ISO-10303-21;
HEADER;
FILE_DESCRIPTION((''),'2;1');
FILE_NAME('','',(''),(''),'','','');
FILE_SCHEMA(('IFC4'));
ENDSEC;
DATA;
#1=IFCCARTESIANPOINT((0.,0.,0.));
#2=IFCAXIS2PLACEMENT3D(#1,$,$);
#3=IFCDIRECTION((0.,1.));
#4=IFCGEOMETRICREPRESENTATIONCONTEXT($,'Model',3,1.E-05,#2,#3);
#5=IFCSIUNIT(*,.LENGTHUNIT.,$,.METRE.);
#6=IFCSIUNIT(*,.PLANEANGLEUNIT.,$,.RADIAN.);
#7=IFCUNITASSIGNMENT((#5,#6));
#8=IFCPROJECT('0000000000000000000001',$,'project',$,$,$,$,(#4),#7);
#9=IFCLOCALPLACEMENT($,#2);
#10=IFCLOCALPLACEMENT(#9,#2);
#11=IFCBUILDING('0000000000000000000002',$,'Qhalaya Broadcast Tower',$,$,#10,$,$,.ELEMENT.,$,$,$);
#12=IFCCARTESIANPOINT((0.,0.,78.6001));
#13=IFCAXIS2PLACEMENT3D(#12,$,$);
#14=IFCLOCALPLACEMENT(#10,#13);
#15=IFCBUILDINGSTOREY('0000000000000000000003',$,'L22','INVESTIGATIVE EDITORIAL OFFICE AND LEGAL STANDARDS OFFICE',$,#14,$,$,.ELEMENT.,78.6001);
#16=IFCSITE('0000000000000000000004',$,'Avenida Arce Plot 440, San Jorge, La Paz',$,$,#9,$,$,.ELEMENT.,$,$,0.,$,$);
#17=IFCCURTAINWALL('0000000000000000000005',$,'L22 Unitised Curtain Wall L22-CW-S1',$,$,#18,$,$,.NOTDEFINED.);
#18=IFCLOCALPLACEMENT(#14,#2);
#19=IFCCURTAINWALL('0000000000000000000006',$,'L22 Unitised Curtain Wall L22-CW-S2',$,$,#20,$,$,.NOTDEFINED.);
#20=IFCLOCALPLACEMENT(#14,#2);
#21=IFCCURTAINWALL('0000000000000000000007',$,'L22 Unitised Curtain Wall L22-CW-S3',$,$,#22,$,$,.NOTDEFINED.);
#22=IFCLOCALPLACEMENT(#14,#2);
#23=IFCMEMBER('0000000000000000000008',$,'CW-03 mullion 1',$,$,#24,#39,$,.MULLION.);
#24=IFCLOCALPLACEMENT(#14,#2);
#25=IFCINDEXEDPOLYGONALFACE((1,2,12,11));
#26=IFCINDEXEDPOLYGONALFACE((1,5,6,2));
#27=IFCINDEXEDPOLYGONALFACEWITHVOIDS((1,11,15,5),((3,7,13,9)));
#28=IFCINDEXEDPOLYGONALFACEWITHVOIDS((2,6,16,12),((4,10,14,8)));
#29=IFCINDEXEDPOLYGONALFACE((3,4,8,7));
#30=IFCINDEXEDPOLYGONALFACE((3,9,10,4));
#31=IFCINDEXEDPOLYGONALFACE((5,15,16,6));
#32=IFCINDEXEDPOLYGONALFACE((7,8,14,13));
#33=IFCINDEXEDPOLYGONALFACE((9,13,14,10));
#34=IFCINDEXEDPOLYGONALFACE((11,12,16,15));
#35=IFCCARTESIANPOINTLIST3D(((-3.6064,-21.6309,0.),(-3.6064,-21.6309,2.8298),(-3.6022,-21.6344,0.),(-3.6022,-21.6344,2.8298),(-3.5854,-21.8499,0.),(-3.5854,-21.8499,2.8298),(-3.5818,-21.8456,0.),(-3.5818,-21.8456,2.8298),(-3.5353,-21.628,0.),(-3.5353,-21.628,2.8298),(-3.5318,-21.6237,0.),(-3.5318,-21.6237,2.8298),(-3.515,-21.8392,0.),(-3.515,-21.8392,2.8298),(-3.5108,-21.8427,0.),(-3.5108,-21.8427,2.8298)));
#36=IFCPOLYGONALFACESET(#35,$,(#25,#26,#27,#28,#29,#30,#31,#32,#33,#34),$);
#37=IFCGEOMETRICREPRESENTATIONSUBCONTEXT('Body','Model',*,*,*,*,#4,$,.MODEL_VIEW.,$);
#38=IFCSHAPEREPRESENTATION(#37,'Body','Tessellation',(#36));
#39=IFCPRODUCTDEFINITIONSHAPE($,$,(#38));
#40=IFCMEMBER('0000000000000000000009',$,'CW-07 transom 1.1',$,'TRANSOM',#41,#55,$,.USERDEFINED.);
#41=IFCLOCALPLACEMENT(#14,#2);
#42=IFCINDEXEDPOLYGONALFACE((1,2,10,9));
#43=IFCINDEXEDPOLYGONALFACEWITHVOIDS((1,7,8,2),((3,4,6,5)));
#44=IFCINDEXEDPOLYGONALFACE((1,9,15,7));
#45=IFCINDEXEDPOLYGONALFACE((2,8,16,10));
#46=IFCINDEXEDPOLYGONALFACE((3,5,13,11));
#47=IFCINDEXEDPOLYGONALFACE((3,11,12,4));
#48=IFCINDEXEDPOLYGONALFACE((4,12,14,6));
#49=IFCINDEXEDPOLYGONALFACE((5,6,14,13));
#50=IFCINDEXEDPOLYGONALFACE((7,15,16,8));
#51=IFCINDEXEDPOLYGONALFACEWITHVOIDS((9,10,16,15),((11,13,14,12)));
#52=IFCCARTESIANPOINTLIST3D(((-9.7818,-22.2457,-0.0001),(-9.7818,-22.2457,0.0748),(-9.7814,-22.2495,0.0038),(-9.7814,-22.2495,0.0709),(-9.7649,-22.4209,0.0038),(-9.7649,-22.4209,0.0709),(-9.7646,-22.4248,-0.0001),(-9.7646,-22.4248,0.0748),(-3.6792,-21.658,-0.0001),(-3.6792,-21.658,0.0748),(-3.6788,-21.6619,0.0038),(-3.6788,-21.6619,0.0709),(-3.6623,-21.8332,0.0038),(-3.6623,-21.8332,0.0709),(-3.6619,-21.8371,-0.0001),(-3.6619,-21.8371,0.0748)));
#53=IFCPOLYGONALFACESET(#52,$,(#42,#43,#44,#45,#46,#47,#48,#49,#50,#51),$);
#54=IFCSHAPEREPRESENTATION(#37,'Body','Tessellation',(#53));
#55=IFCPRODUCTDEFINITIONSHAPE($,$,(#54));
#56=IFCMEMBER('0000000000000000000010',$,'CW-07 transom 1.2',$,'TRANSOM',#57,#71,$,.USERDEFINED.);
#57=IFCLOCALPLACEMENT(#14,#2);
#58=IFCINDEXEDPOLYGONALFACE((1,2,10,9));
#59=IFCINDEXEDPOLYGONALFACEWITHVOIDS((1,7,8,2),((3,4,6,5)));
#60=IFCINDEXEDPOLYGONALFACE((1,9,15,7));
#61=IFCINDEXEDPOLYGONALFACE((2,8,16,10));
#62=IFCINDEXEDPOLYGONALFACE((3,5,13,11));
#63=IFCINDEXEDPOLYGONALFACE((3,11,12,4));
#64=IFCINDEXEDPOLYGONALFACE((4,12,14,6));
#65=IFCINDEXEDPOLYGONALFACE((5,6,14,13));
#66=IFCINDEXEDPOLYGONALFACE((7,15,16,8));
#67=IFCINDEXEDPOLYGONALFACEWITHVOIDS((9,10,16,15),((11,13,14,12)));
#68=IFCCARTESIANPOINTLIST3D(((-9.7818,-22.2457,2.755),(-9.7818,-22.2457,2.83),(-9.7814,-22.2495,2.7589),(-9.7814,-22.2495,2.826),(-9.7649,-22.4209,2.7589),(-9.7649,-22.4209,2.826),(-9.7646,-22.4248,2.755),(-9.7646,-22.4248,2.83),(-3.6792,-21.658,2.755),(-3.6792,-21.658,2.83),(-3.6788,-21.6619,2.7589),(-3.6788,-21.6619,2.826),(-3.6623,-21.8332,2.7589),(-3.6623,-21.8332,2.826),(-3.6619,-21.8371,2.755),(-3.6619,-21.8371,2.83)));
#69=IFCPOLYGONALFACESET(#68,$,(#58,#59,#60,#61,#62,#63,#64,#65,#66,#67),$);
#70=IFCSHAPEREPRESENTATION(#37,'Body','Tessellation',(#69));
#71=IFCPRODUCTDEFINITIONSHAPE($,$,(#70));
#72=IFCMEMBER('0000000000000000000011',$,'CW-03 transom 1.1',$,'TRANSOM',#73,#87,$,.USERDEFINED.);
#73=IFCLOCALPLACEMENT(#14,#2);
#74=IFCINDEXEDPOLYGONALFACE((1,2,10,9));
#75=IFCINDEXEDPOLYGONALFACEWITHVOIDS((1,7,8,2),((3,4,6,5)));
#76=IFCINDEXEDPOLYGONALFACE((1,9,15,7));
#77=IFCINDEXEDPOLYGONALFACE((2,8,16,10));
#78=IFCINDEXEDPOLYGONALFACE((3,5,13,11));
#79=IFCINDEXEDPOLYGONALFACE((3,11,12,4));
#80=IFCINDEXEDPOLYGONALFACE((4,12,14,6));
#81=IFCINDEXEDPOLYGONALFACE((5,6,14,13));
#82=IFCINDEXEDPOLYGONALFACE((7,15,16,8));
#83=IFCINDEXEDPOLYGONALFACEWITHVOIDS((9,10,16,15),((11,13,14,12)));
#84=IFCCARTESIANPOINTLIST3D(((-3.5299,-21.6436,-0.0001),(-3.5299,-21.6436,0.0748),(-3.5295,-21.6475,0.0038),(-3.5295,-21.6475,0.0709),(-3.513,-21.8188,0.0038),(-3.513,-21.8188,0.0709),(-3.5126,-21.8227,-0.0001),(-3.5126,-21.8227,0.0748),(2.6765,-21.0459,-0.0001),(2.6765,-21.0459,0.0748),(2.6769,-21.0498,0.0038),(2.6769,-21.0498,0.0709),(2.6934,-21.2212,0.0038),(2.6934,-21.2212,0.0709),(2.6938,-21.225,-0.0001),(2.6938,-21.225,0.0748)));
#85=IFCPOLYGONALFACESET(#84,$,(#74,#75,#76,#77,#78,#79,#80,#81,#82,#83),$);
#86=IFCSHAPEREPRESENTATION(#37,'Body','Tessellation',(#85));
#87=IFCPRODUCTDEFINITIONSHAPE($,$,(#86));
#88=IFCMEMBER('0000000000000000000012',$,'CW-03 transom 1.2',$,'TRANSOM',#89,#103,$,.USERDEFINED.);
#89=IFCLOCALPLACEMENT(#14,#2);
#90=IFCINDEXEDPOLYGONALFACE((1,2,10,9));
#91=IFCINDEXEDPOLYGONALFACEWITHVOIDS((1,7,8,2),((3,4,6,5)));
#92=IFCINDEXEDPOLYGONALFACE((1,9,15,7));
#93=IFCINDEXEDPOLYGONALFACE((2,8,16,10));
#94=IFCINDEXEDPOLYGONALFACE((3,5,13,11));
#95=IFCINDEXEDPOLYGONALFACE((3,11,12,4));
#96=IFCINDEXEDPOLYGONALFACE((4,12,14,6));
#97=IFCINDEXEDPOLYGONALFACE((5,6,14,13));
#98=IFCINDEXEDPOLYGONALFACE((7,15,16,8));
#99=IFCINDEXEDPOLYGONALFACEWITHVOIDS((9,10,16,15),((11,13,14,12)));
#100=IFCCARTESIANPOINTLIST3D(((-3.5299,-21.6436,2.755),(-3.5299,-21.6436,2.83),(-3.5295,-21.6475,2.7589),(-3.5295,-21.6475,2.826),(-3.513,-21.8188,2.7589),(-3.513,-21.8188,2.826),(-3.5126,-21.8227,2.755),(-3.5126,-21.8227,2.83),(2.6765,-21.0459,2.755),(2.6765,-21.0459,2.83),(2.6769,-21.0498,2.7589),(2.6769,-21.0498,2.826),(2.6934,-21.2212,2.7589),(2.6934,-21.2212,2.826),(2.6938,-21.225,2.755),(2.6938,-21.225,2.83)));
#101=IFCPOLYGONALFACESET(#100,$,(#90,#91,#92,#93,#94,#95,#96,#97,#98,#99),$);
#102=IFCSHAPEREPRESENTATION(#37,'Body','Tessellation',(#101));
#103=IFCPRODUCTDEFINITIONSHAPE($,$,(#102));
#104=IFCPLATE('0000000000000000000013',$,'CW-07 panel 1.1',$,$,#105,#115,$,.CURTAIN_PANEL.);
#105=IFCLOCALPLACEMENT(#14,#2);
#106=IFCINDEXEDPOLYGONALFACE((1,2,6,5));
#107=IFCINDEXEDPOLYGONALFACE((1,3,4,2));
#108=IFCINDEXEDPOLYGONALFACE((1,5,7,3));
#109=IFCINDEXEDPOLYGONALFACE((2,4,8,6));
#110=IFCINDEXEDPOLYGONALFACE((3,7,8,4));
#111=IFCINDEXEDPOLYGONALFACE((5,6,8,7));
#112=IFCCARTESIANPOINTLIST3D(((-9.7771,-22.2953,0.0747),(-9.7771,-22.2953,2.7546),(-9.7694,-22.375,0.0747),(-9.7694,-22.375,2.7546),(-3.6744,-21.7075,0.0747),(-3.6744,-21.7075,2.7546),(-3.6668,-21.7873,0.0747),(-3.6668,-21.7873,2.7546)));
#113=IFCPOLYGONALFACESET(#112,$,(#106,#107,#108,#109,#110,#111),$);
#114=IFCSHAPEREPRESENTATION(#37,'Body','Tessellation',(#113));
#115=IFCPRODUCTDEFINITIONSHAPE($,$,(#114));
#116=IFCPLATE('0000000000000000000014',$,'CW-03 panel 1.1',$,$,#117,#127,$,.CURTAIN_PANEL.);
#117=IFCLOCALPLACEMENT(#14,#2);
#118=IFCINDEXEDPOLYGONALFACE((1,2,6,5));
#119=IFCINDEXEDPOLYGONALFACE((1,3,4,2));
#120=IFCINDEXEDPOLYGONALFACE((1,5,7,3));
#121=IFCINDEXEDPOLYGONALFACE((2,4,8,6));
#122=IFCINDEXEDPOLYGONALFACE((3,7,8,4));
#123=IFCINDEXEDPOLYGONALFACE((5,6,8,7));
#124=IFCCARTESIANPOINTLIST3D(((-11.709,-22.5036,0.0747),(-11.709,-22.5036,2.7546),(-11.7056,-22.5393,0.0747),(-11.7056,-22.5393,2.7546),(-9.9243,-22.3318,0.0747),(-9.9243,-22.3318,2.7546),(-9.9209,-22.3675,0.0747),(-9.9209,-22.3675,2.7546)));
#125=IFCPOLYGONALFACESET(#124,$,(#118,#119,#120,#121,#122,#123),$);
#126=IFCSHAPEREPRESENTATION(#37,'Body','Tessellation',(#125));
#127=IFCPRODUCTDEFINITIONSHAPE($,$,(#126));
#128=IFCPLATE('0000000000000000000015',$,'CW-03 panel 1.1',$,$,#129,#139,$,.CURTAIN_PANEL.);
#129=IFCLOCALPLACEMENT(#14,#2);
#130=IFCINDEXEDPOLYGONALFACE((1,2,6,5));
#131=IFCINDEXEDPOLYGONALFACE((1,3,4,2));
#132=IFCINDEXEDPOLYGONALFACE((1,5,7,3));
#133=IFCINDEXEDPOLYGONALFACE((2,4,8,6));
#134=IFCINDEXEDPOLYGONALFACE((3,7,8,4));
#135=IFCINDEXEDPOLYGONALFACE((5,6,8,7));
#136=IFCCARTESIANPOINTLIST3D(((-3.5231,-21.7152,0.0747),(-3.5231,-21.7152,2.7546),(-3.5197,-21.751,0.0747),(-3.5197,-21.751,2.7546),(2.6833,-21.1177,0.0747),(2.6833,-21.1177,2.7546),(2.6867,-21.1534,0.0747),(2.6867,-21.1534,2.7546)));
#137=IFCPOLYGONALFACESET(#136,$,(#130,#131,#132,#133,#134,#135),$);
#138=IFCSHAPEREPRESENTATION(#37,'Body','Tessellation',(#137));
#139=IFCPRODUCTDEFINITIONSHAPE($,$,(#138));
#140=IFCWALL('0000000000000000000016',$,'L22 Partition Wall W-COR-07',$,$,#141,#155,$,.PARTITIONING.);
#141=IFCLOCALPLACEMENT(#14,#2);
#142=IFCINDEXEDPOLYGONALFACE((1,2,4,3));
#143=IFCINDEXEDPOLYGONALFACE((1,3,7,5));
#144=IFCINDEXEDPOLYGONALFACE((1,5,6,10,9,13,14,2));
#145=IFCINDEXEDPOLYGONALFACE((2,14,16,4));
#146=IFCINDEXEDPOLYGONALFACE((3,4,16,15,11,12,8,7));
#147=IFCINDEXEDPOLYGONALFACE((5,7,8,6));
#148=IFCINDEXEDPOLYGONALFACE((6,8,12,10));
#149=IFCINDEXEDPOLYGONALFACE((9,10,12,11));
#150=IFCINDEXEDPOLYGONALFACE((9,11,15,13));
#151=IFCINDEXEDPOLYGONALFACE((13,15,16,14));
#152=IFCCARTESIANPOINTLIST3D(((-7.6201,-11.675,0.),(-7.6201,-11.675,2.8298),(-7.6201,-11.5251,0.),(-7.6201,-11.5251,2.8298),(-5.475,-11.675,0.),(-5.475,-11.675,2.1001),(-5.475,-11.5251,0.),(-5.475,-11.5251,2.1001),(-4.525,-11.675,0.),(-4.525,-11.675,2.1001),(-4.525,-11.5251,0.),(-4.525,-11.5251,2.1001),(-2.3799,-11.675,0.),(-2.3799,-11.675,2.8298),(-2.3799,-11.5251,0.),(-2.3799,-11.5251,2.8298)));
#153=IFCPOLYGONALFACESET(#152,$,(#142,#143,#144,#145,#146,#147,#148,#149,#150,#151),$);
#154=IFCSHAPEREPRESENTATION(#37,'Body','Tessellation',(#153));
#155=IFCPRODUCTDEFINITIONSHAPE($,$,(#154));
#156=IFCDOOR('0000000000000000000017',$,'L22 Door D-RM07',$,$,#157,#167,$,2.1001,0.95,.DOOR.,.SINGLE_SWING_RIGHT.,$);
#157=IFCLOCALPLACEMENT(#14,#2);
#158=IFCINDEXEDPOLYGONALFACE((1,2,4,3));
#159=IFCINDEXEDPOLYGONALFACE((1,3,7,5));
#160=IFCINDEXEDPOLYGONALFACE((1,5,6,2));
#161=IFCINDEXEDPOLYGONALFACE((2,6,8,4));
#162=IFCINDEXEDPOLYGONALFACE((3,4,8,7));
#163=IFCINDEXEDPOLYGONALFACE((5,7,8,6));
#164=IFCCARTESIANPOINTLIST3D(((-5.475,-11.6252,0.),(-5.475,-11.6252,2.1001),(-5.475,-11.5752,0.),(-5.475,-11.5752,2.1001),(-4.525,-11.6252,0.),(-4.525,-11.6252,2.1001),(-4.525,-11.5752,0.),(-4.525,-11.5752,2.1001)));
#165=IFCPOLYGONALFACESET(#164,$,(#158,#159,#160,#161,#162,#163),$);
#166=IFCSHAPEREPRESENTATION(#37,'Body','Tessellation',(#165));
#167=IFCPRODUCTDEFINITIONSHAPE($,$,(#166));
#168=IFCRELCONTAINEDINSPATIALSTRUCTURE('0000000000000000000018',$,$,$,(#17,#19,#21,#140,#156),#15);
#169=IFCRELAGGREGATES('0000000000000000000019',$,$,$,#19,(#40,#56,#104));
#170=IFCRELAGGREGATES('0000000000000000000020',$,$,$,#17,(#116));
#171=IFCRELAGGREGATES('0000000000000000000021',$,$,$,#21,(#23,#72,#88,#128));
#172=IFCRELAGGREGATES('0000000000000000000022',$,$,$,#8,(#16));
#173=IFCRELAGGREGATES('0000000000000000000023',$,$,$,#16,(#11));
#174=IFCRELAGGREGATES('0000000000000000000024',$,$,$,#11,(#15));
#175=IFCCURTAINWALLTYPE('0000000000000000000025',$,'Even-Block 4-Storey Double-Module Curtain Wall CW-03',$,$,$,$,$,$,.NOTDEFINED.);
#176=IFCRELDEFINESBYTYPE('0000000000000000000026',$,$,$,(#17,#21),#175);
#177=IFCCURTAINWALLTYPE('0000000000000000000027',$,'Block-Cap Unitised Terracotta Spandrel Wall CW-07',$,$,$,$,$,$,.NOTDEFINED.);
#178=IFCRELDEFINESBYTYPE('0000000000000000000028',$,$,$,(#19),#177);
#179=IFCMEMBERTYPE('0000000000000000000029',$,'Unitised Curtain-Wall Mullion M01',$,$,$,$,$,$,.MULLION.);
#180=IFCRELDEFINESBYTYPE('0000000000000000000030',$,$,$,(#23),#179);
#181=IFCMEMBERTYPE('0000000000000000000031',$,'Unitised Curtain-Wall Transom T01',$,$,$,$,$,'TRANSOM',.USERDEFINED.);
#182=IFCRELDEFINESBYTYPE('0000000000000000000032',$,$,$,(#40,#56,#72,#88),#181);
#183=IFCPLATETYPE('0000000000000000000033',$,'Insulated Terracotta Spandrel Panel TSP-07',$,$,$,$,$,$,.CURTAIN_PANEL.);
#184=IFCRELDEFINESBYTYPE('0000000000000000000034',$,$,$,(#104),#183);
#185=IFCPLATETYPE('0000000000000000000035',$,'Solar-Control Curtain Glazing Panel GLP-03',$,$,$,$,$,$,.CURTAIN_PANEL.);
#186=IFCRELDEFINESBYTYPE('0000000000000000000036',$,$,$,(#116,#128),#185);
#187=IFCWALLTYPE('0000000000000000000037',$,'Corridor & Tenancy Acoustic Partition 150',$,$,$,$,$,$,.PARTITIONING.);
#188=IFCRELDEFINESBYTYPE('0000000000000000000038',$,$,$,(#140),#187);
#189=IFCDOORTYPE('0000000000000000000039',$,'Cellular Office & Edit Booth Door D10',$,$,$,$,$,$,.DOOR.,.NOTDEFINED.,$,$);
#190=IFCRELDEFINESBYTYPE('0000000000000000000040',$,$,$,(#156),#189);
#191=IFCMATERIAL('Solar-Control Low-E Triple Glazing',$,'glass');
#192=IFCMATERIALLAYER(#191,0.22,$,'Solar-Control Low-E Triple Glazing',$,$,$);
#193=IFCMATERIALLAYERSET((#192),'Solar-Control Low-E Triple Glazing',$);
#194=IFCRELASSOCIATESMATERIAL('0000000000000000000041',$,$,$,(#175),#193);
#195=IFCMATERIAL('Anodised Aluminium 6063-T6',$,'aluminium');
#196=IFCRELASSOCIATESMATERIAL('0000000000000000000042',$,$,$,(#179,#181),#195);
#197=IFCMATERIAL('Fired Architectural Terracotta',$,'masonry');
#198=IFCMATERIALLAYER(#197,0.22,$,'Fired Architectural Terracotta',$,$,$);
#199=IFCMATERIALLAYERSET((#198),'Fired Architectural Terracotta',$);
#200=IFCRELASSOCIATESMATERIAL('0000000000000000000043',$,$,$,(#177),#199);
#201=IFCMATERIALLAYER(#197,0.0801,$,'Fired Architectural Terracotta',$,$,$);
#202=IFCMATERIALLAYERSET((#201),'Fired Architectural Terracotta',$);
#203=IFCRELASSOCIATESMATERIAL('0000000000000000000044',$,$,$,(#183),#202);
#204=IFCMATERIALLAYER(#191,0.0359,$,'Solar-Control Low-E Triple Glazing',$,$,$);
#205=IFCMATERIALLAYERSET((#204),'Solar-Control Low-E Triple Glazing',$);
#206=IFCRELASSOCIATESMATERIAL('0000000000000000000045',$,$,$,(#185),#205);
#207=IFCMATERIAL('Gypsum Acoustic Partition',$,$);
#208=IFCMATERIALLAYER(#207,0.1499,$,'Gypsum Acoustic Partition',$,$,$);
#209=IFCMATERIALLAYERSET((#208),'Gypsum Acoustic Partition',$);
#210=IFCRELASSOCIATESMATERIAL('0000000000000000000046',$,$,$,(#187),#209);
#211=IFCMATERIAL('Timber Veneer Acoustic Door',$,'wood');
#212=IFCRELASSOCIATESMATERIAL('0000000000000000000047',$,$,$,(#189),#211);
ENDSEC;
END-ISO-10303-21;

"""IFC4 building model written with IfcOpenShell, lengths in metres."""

from ifc_helpers import new_model, si_unit, direction, frame, frame_2d, origin, origin_2d, place, context, subcontext, project, spatial, rectangle, hollow_rectangle, extrude, material, layer, layer_set, material_profile, profile_set, type_object, element, fill, aggregate, save


model = new_model("IFC4")

# Units and contexts
model_context = context("Model", 3, precision=1e-05, world=origin(), true_north=direction((0.0, 1.0)))
body_context = subcontext(model_context, "Body", "Model", "MODEL_VIEW")
ifc_project = project(units=[si_unit("LENGTHUNIT", "METRE"), si_unit("PLANEANGLEUNIT", "RADIAN")], contexts=[model_context])

# Site, building, storey
site_placement = place(None, origin())
site = spatial("IfcSite", under=ifc_project, at=site_placement, Name="Avenida Arce Plot 440, San Jorge, La Paz", CompositionType="ELEMENT", RefElevation=0.0)
building_placement = place(site_placement, origin())
building = spatial("IfcBuilding", under=site, at=building_placement, Name="Qhalaya Broadcast Tower", CompositionType="ELEMENT")
storey_placement = place(building_placement, frame((0.0, 0.0, 78.6001)))
storey = spatial("IfcBuildingStorey", under=building, at=storey_placement, Name="L22", Description="INVESTIGATIVE EDITORIAL OFFICE AND LEGAL STANDARDS OFFICE", CompositionType="ELEMENT", Elevation=78.6001)

# Curtain wall
ifc_material_1 = material(Name="Solar-Control Low-E Triple Glazing", Category="glass")
ifc_layer_1 = layer(ifc_material_1, 0.22, Name="Solar-Control Low-E Triple Glazing")
ifc_layer_set_1 = layer_set([ifc_layer_1], Name="Solar-Control Low-E Triple Glazing")
curtain_wall_type_1 = type_object("IfcCurtainWallType", Name="Even-Block 4-Storey Double-Module Curtain Wall CW-03", PredefinedType="NOTDEFINED", material=ifc_layer_set_1)
curtain_wall_1_placement = place(storey_placement, origin())
curtain_wall_1 = element("IfcCurtainWall", 1, at=curtain_wall_1_placement, inside=storey, type_object=curtain_wall_type_1, Name="L22 Unitised Curtain Wall L22-CW-S1", PredefinedType="NOTDEFINED")
ifc_material_2 = material(Name="Anodised Aluminium 6063-T6", Category="aluminium")
ifc_material_profile_1 = material_profile(ifc_material_2, hollow_rectangle(XDim=0.075, YDim=0.22, WallThickness=0.0039, at=origin_2d()), Name="ALU-MUL 75x220x4")
ifc_profile_set_1 = profile_set([ifc_material_profile_1], Name="Anodised Aluminium 6063-T6")
member_type_1 = type_object("IfcMemberType", Name="Unitised Curtain-Wall Mullion M01", PredefinedType="MULLION", material=ifc_profile_set_1)

# Curtain wall
ifc_material_3 = material(Name="Fired Architectural Terracotta", Category="masonry")
ifc_layer_2 = layer(ifc_material_3, 0.22, Name="Fired Architectural Terracotta")
ifc_layer_set_2 = layer_set([ifc_layer_2], Name="Fired Architectural Terracotta")
curtain_wall_type_2 = type_object("IfcCurtainWallType", Name="Block-Cap Unitised Terracotta Spandrel Wall CW-07", PredefinedType="NOTDEFINED", material=ifc_layer_set_2)
curtain_wall_2_placement = place(storey_placement, origin())
curtain_wall_2 = element("IfcCurtainWall", 2, at=curtain_wall_2_placement, inside=storey, type_object=curtain_wall_type_2, Name="L22 Unitised Curtain Wall L22-CW-S2", PredefinedType="NOTDEFINED")

# Curtain wall, member
curtain_wall_3_placement = place(storey_placement, origin())
curtain_wall_3 = element("IfcCurtainWall", 3, at=curtain_wall_3_placement, inside=storey, type_object=curtain_wall_type_1, Name="L22 Unitised Curtain Wall L22-CW-S3", PredefinedType="NOTDEFINED")
member_1_placement = place(storey_placement, frame((-3.5586, -21.7368, 0.0), z_axis=(0.0, 0.0, 1.0), x_axis=(0.995397, 0.095834, 0.0)))
member_1 = element("IfcMember", 4, at=member_1_placement, type_object=member_type_1, Name="CW-03 mullion 1", PredefinedType="MULLION", context=body_context, shape_type="SweptSolid", body=[
    extrude(hollow_rectangle(XDim=0.075, YDim=0.22, WallThickness=0.0039, at=origin_2d()), origin(), (0.0, 0.0, 1.0), 2.8298),
])

# Members
ifc_material_profile_2 = material_profile(ifc_material_2, hollow_rectangle(XDim=0.075, YDim=0.1799, WallThickness=0.0039, at=origin_2d()), Name="ALU-TRN 75x180x4")
ifc_profile_set_2 = profile_set([ifc_material_profile_2], Name="Anodised Aluminium 6063-T6")
member_type_2 = type_object("IfcMemberType", Name="Unitised Curtain-Wall Transom T01", ElementType="TRANSOM", PredefinedType="USERDEFINED", material=ifc_profile_set_2)
member_2_placement = place(storey_placement, frame((-9.7732, -22.3352, 0.0374), z_axis=(0.995396, 0.095852, 0.0), x_axis=(0.0, 0.0, 1.0)))
member_2 = element("IfcMember", 5, at=member_2_placement, type_object=member_type_2, Name="CW-07 transom 1.1", ObjectType="TRANSOM", PredefinedType="USERDEFINED", context=body_context, shape_type="SweptSolid", body=[
    extrude(hollow_rectangle(XDim=0.075, YDim=0.1799, WallThickness=0.0039, at=origin_2d()), origin(), (0.0, 0.0, 1.0), 6.1309),
])
member_3_placement = place(storey_placement, frame((-9.7732, -22.3352, 2.7925), z_axis=(0.995396, 0.095852, 0.0), x_axis=(0.0, 0.0, 1.0)))
member_3 = element("IfcMember", 6, at=member_3_placement, type_object=member_type_2, Name="CW-07 transom 1.2", ObjectType="TRANSOM", PredefinedType="USERDEFINED", context=body_context, shape_type="SweptSolid", body=[
    extrude(hollow_rectangle(XDim=0.075, YDim=0.1799, WallThickness=0.0039, at=origin_2d()), origin(), (0.0, 0.0, 1.0), 6.1309),
])
member_4_placement = place(storey_placement, frame((-3.5212, -21.7332, 0.0374), z_axis=(0.995395, 0.095855, 0.0), x_axis=(0.0, 0.0, 1.0)))
member_4 = element("IfcMember", 7, at=member_4_placement, type_object=member_type_2, Name="CW-03 transom 1.1", ObjectType="TRANSOM", PredefinedType="USERDEFINED", context=body_context, shape_type="SweptSolid", body=[
    extrude(hollow_rectangle(XDim=0.075, YDim=0.1799, WallThickness=0.0039, at=origin_2d()), origin(), (0.0, 0.0, 1.0), 6.2351),
])
member_5_placement = place(storey_placement, frame((-3.5212, -21.7332, 2.7925), z_axis=(0.995395, 0.095855, 0.0), x_axis=(0.0, 0.0, 1.0)))
member_5 = element("IfcMember", 8, at=member_5_placement, type_object=member_type_2, Name="CW-03 transom 1.2", ObjectType="TRANSOM", PredefinedType="USERDEFINED", context=body_context, shape_type="SweptSolid", body=[
    extrude(hollow_rectangle(XDim=0.075, YDim=0.1799, WallThickness=0.0039, at=origin_2d()), origin(), (0.0, 0.0, 1.0), 6.2351),
])

# Plates
ifc_layer_3 = layer(ifc_material_3, 0.0801, Name="Fired Architectural Terracotta")
ifc_layer_set_3 = layer_set([ifc_layer_3], Name="Fired Architectural Terracotta")
plate_type_1 = type_object("IfcPlateType", Name="Insulated Terracotta Spandrel Panel TSP-07", PredefinedType="CURTAIN_PANEL", material=ifc_layer_set_3)
plate_1_placement = place(storey_placement, frame((-6.7219, -22.0413, 0.0747), z_axis=(0.0, 0.0, 1.0), x_axis=(0.995395, 0.095862, 0.0)))
plate_1 = element("IfcPlate", 9, at=plate_1_placement, type_object=plate_type_1, Name="CW-07 panel 1.1", PredefinedType="CURTAIN_PANEL", context=body_context, shape_type="SweptSolid", body=[
    extrude(rectangle(XDim=6.1309, YDim=0.0801, at=origin_2d()), origin(), (0.0, 0.0, 1.0), 2.6799),
])
aggregate(curtain_wall_2, [member_2, member_3, plate_1])
ifc_layer_4 = layer(ifc_material_1, 0.0359, Name="Solar-Control Low-E Triple Glazing")
ifc_layer_set_4 = layer_set([ifc_layer_4], Name="Solar-Control Low-E Triple Glazing")
plate_type_2 = type_object("IfcPlateType", Name="Solar-Control Curtain Glazing Panel GLP-03", PredefinedType="CURTAIN_PANEL", material=ifc_layer_set_4)
plate_2_placement = place(storey_placement, frame((-10.8149, -22.4355, 0.0747), z_axis=(0.0, 0.0, 1.0), x_axis=(0.995398, 0.095829, 0.0)))
plate_2 = element("IfcPlate", 10, at=plate_2_placement, type_object=plate_type_2, Name="CW-03 panel 1.1", PredefinedType="CURTAIN_PANEL", context=body_context, shape_type="SweptSolid", body=[
    extrude(rectangle(XDim=1.793, YDim=0.0359, at=origin_2d()), origin(), (0.0, 0.0, 1.0), 2.6799),
])
aggregate(curtain_wall_1, [plate_2])
plate_3_placement = place(storey_placement, frame((-0.4182, -21.4343, 0.0747), z_axis=(0.0, 0.0, 1.0), x_axis=(0.995397, 0.095834, 0.0)))
plate_3 = element("IfcPlate", 11, at=plate_3_placement, type_object=plate_type_2, Name="CW-03 panel 1.1", PredefinedType="CURTAIN_PANEL", context=body_context, shape_type="SweptSolid", body=[
    extrude(rectangle(XDim=6.2351, YDim=0.0359, at=origin_2d()), origin(), (0.0, 0.0, 1.0), 2.6799),
])
aggregate(curtain_wall_3, [member_1, member_4, member_5, plate_3])

# Wall, opening, door
ifc_material_4 = material(Name="Gypsum Acoustic Partition")
ifc_layer_5 = layer(ifc_material_4, 0.1499, Name="Gypsum Acoustic Partition")
ifc_layer_set_5 = layer_set([ifc_layer_5], Name="Gypsum Acoustic Partition")
wall_type_1 = type_object("IfcWallType", Name="Corridor & Tenancy Acoustic Partition 150", PredefinedType="PARTITIONING", material=ifc_layer_set_5)
wall_1_placement = place(storey_placement, frame((-7.6201, -11.6001, 0.0), z_axis=(0.0, 0.0, 1.0), x_axis=(1.0, 0.0, 0.0)))
wall_1 = element("IfcWall", 12, at=wall_1_placement, inside=storey, type_object=wall_type_1, Name="L22 Partition Wall W-COR-07", PredefinedType="PARTITIONING", context=body_context, shape_type="SweptSolid", body=[
    extrude(rectangle(XDim=5.2402, YDim=0.1499, at=frame_2d((2.6201, 0.0))), origin(), (0.0, 0.0, 1.0), 2.8298),
])
opening_1_placement = place(wall_1_placement, frame((2.145, 0.0, 0.0)))
opening_1 = element("IfcOpeningElement", 13, at=opening_1_placement, cuts=wall_1, PredefinedType="OPENING", context=body_context, shape_type="SweptSolid", body=[
    extrude(rectangle(XDim=0.95, YDim=2.1001, at=frame_2d((0.4751, 1.05))), frame((0.0, 0.0869, 0.0), z_axis=(0.0, -1.0, 0.0), x_axis=(1.0, 0.0, 0.0)), (0.0, 0.0, 1.0), 0.1738),
])
ifc_material_5 = material(Name="Timber Veneer Acoustic Door", Category="wood")
door_type = type_object("IfcDoorType", Name="Cellular Office & Edit Booth Door D10", OperationType="NOTDEFINED", PredefinedType="DOOR", material=ifc_material_5)
door_1_placement = place(opening_1_placement, origin())
door_1 = element("IfcDoor", 14, at=door_1_placement, inside=storey, type_object=door_type, Name="L22 Door D-RM07", OperationType="SINGLE_SWING_RIGHT", OverallHeight=2.1001, OverallWidth=0.95, PredefinedType="DOOR", context=body_context, shape_type="SweptSolid", body=[
    extrude(rectangle(XDim=0.95, YDim=2.1001, at=frame_2d((0.4751, 1.05))), frame((0.0, 0.0249, 0.0), z_axis=(0.0, -1.0, 0.0), x_axis=(1.0, 0.0, 0.0)), (0.0, 0.0, 1.0), 0.05),
])
fill(opening_1, door_1)

save(model, "model.ifc")
